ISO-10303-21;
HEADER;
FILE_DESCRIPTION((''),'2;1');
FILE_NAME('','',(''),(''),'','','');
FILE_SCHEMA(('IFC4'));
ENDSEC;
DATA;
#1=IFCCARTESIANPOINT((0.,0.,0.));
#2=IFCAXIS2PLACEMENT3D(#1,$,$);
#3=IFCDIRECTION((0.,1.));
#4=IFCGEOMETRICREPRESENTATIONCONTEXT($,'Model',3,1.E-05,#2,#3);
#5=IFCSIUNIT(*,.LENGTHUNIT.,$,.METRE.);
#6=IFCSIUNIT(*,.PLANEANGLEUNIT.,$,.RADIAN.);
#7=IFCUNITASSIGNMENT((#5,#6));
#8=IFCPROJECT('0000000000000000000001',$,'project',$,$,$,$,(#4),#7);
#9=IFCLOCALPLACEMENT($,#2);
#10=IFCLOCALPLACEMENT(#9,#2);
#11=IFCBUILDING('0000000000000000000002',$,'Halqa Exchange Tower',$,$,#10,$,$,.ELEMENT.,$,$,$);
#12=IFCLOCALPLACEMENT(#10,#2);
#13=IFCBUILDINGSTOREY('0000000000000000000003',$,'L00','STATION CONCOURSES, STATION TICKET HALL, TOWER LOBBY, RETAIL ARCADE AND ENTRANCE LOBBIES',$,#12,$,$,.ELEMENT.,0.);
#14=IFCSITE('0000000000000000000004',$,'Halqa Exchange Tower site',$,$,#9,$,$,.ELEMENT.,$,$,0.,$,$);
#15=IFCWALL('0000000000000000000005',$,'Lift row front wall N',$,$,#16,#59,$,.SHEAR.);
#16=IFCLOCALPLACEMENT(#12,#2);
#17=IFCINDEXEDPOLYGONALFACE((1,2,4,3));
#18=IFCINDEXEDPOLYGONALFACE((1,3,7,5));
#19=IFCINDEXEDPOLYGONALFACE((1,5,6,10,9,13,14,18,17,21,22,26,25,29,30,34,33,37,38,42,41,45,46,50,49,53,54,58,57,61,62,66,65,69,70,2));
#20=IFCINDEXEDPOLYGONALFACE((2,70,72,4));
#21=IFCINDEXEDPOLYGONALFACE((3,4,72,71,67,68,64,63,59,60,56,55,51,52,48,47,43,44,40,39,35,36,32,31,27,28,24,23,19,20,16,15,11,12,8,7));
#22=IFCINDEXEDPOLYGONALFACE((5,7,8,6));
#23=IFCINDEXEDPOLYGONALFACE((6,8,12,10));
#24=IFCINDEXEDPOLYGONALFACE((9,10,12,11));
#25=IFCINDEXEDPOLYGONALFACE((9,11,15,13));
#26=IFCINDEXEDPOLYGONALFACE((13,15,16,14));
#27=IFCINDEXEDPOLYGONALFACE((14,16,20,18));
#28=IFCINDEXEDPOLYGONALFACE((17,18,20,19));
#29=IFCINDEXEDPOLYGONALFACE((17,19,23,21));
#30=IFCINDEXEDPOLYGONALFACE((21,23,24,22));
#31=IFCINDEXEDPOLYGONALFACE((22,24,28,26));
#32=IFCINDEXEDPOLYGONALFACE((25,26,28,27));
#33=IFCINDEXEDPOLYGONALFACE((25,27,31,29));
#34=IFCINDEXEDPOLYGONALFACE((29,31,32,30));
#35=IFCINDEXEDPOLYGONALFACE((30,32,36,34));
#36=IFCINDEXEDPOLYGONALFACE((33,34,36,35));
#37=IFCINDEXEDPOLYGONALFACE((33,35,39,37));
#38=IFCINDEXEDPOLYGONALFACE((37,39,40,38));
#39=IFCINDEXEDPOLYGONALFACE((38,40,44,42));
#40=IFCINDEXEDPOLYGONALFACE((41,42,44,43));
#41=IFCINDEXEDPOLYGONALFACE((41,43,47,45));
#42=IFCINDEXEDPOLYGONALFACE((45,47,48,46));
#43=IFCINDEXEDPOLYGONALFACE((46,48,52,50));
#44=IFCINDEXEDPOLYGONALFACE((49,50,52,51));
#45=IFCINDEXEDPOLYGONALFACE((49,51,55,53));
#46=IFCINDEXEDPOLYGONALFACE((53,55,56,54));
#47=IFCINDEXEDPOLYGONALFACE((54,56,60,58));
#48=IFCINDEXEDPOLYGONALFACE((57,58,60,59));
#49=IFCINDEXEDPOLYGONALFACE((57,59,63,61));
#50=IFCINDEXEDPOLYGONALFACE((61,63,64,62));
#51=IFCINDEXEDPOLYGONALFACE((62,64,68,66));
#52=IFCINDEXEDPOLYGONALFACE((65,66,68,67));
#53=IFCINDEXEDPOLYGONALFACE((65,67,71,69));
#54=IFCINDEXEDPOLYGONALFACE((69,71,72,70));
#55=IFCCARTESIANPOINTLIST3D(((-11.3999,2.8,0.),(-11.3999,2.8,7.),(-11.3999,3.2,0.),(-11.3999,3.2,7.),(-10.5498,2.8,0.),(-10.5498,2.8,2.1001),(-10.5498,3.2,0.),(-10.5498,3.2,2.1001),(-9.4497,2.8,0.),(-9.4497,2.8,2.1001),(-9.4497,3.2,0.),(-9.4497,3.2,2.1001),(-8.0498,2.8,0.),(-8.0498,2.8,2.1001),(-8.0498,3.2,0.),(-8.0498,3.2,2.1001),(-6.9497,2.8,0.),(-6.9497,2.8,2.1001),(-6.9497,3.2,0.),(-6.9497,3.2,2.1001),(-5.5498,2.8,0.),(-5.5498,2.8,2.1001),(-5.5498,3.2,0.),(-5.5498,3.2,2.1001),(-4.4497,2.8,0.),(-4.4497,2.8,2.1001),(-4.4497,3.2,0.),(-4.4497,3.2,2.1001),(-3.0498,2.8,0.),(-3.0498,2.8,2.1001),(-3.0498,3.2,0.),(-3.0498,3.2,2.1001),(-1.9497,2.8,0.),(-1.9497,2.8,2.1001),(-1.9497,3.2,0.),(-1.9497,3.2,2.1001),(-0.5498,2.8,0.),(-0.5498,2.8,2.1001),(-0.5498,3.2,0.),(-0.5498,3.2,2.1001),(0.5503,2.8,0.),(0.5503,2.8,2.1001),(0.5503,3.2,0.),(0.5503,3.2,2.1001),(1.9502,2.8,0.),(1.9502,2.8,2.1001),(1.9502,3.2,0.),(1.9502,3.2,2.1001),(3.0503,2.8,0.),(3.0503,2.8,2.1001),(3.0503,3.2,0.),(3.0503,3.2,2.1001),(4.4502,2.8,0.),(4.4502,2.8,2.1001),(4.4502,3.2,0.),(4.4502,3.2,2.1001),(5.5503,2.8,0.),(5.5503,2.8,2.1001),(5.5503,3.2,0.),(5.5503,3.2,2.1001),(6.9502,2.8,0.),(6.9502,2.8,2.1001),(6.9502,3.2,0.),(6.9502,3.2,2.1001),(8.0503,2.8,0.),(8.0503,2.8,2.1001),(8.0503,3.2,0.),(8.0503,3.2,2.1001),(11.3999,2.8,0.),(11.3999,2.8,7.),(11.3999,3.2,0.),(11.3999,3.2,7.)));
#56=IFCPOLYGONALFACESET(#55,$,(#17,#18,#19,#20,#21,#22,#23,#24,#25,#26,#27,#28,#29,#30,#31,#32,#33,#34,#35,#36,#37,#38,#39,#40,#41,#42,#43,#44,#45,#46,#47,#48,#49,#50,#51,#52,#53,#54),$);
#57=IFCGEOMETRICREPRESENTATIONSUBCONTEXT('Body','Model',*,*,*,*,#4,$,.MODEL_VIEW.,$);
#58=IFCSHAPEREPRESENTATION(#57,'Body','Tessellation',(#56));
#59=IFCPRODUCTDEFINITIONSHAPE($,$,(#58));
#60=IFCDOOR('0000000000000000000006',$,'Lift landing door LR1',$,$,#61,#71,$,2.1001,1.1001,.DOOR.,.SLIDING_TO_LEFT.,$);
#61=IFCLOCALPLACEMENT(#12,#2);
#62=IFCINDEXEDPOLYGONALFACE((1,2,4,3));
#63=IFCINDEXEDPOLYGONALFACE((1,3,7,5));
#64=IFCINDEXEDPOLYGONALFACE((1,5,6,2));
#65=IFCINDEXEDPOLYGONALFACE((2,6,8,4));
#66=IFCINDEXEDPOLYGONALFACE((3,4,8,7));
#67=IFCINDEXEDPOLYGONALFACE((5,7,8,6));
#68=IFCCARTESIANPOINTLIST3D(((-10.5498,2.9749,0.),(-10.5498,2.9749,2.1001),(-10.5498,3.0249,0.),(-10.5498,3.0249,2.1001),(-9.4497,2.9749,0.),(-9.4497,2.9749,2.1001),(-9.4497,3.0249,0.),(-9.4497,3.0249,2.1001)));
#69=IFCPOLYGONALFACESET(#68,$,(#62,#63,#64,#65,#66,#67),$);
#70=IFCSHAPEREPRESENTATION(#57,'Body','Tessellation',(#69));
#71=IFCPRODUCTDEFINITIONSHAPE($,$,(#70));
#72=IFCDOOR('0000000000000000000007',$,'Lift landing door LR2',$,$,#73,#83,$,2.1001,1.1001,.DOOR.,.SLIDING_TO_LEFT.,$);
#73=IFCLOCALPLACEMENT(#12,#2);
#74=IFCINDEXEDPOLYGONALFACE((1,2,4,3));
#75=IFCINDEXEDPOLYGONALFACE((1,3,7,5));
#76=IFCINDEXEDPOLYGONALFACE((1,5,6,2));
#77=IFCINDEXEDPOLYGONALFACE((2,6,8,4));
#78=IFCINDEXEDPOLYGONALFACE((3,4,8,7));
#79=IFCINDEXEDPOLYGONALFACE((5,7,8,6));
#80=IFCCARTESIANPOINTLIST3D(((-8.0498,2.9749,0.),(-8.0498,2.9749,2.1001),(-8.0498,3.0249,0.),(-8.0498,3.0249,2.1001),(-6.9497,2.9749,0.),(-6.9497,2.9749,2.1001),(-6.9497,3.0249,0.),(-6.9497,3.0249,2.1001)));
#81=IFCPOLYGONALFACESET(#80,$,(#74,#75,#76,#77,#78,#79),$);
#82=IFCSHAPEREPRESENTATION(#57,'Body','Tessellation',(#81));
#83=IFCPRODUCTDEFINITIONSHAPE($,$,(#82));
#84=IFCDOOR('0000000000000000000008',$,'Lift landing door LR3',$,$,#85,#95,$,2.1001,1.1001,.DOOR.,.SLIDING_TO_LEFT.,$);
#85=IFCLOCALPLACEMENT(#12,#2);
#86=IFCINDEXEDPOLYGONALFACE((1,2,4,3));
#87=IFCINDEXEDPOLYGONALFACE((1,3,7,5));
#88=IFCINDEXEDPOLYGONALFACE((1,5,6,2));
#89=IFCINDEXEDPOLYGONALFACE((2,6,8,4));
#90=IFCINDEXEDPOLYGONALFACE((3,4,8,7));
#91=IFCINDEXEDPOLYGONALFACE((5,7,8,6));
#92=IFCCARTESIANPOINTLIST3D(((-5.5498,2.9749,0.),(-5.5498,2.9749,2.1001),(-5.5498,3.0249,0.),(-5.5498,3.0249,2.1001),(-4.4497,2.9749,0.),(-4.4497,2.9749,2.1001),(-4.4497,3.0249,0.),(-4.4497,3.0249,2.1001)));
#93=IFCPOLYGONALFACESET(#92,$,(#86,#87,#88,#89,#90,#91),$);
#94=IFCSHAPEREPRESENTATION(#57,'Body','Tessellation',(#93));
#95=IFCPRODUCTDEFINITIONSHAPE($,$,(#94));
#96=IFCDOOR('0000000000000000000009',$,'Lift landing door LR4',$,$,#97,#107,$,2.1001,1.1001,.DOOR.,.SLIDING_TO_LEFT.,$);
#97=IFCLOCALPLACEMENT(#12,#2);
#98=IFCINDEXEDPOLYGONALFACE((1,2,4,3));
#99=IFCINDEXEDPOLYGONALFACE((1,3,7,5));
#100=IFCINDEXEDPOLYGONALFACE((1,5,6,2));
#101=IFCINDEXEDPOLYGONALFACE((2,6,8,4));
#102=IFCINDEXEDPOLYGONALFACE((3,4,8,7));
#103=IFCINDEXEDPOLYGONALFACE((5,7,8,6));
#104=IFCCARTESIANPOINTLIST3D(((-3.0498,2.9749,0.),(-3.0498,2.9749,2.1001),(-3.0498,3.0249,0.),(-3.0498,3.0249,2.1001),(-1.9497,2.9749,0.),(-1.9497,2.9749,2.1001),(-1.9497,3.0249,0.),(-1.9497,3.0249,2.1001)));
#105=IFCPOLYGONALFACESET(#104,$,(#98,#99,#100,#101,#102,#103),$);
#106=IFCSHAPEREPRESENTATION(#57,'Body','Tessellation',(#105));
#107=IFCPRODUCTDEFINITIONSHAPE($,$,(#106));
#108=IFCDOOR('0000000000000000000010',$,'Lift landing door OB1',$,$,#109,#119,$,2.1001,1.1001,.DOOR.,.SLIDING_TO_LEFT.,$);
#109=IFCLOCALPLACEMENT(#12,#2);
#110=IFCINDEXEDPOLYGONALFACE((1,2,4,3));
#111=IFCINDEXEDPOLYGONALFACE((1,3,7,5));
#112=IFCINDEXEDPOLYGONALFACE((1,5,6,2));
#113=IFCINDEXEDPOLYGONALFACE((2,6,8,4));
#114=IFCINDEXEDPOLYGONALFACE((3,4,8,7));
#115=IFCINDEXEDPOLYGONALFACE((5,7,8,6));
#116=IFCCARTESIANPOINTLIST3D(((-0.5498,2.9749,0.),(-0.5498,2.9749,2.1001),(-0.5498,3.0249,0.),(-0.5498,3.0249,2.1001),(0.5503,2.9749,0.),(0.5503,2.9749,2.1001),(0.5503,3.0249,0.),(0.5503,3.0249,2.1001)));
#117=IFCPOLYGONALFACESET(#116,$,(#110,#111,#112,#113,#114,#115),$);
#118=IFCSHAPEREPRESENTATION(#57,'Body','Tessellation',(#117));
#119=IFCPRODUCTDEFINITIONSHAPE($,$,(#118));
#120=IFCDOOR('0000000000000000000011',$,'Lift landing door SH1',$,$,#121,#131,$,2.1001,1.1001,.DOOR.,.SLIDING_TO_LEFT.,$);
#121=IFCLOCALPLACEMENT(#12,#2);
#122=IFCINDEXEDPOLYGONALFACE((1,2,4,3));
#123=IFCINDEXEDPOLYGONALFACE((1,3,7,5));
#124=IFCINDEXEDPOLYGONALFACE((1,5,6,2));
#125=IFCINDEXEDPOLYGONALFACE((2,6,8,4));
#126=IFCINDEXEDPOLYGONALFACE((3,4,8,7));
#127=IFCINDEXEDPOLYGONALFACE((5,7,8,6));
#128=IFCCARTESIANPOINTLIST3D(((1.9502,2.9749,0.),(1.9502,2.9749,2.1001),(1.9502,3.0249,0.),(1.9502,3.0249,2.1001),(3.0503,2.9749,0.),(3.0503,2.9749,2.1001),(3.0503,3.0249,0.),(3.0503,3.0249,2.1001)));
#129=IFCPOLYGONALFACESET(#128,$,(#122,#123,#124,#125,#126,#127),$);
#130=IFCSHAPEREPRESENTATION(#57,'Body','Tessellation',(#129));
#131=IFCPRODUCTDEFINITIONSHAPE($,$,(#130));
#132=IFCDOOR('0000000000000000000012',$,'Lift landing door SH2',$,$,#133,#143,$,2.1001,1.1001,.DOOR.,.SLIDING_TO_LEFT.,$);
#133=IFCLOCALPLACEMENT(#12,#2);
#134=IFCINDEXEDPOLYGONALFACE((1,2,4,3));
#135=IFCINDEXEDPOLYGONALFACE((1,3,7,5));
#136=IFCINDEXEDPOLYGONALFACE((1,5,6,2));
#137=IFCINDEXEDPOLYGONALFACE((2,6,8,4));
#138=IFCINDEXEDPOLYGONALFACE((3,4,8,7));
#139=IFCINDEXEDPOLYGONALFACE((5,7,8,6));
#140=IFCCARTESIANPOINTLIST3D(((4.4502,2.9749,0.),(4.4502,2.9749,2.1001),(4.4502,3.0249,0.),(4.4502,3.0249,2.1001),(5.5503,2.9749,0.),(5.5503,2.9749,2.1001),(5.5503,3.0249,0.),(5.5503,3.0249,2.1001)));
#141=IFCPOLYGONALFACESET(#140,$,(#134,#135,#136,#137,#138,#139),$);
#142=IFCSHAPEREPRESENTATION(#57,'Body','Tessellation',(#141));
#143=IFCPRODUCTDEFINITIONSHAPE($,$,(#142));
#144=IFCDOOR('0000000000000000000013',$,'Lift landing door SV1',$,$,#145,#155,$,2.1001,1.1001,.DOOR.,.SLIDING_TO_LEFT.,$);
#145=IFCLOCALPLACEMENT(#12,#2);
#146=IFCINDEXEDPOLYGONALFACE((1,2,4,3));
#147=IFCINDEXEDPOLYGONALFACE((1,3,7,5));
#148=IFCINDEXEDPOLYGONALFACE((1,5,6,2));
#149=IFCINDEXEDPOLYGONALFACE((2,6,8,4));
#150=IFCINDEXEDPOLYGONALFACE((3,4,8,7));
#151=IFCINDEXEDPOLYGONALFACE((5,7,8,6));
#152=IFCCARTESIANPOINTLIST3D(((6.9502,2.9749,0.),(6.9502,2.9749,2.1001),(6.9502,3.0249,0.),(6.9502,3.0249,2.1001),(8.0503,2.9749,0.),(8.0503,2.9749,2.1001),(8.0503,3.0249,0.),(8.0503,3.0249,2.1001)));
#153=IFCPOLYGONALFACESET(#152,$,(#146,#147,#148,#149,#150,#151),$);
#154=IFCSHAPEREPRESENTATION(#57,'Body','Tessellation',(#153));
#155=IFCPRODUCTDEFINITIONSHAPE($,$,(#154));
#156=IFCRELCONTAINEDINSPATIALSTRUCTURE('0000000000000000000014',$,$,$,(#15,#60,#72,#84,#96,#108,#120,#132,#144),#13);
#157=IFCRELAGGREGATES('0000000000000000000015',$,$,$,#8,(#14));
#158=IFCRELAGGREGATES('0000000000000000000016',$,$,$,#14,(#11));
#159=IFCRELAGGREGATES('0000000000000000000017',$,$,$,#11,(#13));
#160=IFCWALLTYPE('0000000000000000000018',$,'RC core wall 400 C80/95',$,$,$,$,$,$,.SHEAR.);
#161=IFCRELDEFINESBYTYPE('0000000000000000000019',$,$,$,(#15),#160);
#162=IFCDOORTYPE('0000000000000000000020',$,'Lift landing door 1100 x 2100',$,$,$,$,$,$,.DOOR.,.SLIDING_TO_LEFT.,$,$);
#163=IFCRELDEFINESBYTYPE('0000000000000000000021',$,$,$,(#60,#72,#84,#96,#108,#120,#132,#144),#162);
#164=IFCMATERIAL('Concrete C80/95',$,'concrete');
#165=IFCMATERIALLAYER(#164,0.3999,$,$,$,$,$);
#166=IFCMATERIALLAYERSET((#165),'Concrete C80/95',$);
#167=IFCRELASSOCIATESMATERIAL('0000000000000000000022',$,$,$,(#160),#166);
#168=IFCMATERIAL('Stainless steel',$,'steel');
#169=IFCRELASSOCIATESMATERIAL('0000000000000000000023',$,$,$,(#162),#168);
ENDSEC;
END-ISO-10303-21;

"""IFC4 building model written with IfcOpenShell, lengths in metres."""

from ifc_helpers import new_model, si_unit, direction, frame, frame_2d, origin, place, context, subcontext, project, spatial, rectangle, extrude, material, layer, layer_set, type_object, element, fill, save


model = new_model("IFC4")

# Units and contexts
model_context = context("Model", 3, precision=1e-05, world=origin(), true_north=direction((0.0, 1.0)))
body_context = subcontext(model_context, "Body", "Model", "MODEL_VIEW")
ifc_project = project(units=[si_unit("LENGTHUNIT", "METRE"), si_unit("PLANEANGLEUNIT", "RADIAN")], contexts=[model_context])

# Site, building, storey
site_placement = place(None, origin())
site = spatial("IfcSite", under=ifc_project, at=site_placement, Name="Halqa Exchange Tower site", CompositionType="ELEMENT", RefElevation=0.0)
building_placement = place(site_placement, origin())
building = spatial("IfcBuilding", under=site, at=building_placement, Name="Halqa Exchange Tower", CompositionType="ELEMENT")
storey_placement = place(building_placement, origin())
storey = spatial("IfcBuildingStorey", under=building, at=storey_placement, Name="L00", Description="STATION CONCOURSES, STATION TICKET HALL, TOWER LOBBY, RETAIL ARCADE AND ENTRANCE LOBBIES", CompositionType="ELEMENT", Elevation=0.0)

# Wall, openings, doors
ifc_material_1 = material(Name="Concrete C80/95", Category="concrete")
ifc_layer_1 = layer(ifc_material_1, 0.3999)
ifc_layer_set_1 = layer_set([ifc_layer_1], Name="Concrete C80/95")
wall_type_1 = type_object("IfcWallType", Name="RC core wall 400 C80/95", PredefinedType="SHEAR", material=ifc_layer_set_1)
wall_1_placement = place(storey_placement, frame((-11.3999, 3.0, 0.0), z_axis=(0.0, 0.0, 1.0), x_axis=(1.0, 0.0, 0.0)))
wall_1 = element("IfcWall", 1, at=wall_1_placement, inside=storey, type_object=wall_type_1, Name="Lift row front wall N", PredefinedType="SHEAR", context=body_context, shape_type="SweptSolid", body=[
    extrude(rectangle(XDim=22.7998, YDim=0.3999, at=frame_2d((11.3999, 0.0))), origin(), (0.0, 0.0, 1.0), 7.0),
])
opening_1_placement = place(wall_1_placement, frame((0.8501, 0.0, 0.0)))
opening_1 = element("IfcOpeningElement", 2, at=opening_1_placement, cuts=wall_1, PredefinedType="OPENING", context=body_context, shape_type="SweptSolid", body=[
    extrude(rectangle(XDim=1.1001, YDim=2.1001, at=frame_2d((0.55, 1.05))), frame((0.0, 0.2119, 0.0), z_axis=(0.0, -1.0, 0.0), x_axis=(1.0, 0.0, 0.0)), (0.0, 0.0, 1.0), 0.4238),
])
opening_2_placement = place(wall_1_placement, frame((3.3501, 0.0, 0.0)))
opening_2 = element("IfcOpeningElement", 3, at=opening_2_placement, cuts=wall_1, PredefinedType="OPENING", context=body_context, shape_type="SweptSolid", body=[
    extrude(rectangle(XDim=1.1001, YDim=2.1001, at=frame_2d((0.55, 1.05))), frame((0.0, 0.2119, 0.0), z_axis=(0.0, -1.0, 0.0), x_axis=(1.0, 0.0, 0.0)), (0.0, 0.0, 1.0), 0.4238),
])
opening_3_placement = place(wall_1_placement, frame((5.8501, 0.0, 0.0)))
opening_3 = element("IfcOpeningElement", 4, at=opening_3_placement, cuts=wall_1, PredefinedType="OPENING", context=body_context, shape_type="SweptSolid", body=[
    extrude(rectangle(XDim=1.1001, YDim=2.1001, at=frame_2d((0.55, 1.05))), frame((0.0, 0.2119, 0.0), z_axis=(0.0, -1.0, 0.0), x_axis=(1.0, 0.0, 0.0)), (0.0, 0.0, 1.0), 0.4238),
])
opening_4_placement = place(wall_1_placement, frame((8.3501, 0.0, 0.0)))
opening_4 = element("IfcOpeningElement", 5, at=opening_4_placement, cuts=wall_1, PredefinedType="OPENING", context=body_context, shape_type="SweptSolid", body=[
    extrude(rectangle(XDim=1.1001, YDim=2.1001, at=frame_2d((0.55, 1.05))), frame((0.0, 0.2119, 0.0), z_axis=(0.0, -1.0, 0.0), x_axis=(1.0, 0.0, 0.0)), (0.0, 0.0, 1.0), 0.4238),
])
opening_5_placement = place(wall_1_placement, frame((10.8501, 0.0, 0.0)))
opening_5 = element("IfcOpeningElement", 6, at=opening_5_placement, cuts=wall_1, PredefinedType="OPENING", context=body_context, shape_type="SweptSolid", body=[
    extrude(rectangle(XDim=1.1001, YDim=2.1001, at=frame_2d((0.55, 1.05))), frame((0.0, 0.2119, 0.0), z_axis=(0.0, -1.0, 0.0), x_axis=(1.0, 0.0, 0.0)), (0.0, 0.0, 1.0), 0.4238),
])
opening_6_placement = place(wall_1_placement, frame((13.3501, 0.0, 0.0)))
opening_6 = element("IfcOpeningElement", 7, at=opening_6_placement, cuts=wall_1, PredefinedType="OPENING", context=body_context, shape_type="SweptSolid", body=[
    extrude(rectangle(XDim=1.1001, YDim=2.1001, at=frame_2d((0.55, 1.05))), frame((0.0, 0.2119, 0.0), z_axis=(0.0, -1.0, 0.0), x_axis=(1.0, 0.0, 0.0)), (0.0, 0.0, 1.0), 0.4238),
])
opening_7_placement = place(wall_1_placement, frame((15.8501, 0.0, 0.0)))
opening_7 = element("IfcOpeningElement", 8, at=opening_7_placement, cuts=wall_1, PredefinedType="OPENING", context=body_context, shape_type="SweptSolid", body=[
    extrude(rectangle(XDim=1.1001, YDim=2.1001, at=frame_2d((0.55, 1.05))), frame((0.0, 0.2119, 0.0), z_axis=(0.0, -1.0, 0.0), x_axis=(1.0, 0.0, 0.0)), (0.0, 0.0, 1.0), 0.4238),
])
opening_8_placement = place(wall_1_placement, frame((18.3501, 0.0, 0.0)))
opening_8 = element("IfcOpeningElement", 9, at=opening_8_placement, cuts=wall_1, PredefinedType="OPENING", context=body_context, shape_type="SweptSolid", body=[
    extrude(rectangle(XDim=1.1001, YDim=2.1001, at=frame_2d((0.55, 1.05))), frame((0.0, 0.2119, 0.0), z_axis=(0.0, -1.0, 0.0), x_axis=(1.0, 0.0, 0.0)), (0.0, 0.0, 1.0), 0.4238),
])
ifc_material_2 = material(Name="Stainless steel", Category="steel")
door_type = type_object("IfcDoorType", Name="Lift landing door 1100 x 2100", OperationType="SLIDING_TO_LEFT", PredefinedType="DOOR", material=ifc_material_2)
door_1_placement = place(opening_1_placement, origin())
door_1 = element("IfcDoor", 10, at=door_1_placement, inside=storey, type_object=door_type, Name="Lift landing door LR1", OperationType="SLIDING_TO_LEFT", OverallHeight=2.1001, OverallWidth=1.1001, PredefinedType="DOOR", context=body_context, shape_type="SweptSolid", body=[
    extrude(rectangle(XDim=1.1001, YDim=2.1001, at=frame_2d((0.55, 1.05))), frame((0.0, 0.0249, 0.0), z_axis=(0.0, -1.0, 0.0), x_axis=(1.0, 0.0, 0.0)), (0.0, 0.0, 1.0), 0.05),
])
fill(opening_1, door_1)
door_2_placement = place(opening_2_placement, origin())
door_2 = element("IfcDoor", 11, at=door_2_placement, inside=storey, type_object=door_type, Name="Lift landing door LR2", OperationType="SLIDING_TO_LEFT", OverallHeight=2.1001, OverallWidth=1.1001, PredefinedType="DOOR", context=body_context, shape_type="SweptSolid", body=[
    extrude(rectangle(XDim=1.1001, YDim=2.1001, at=frame_2d((0.55, 1.05))), frame((0.0, 0.0249, 0.0), z_axis=(0.0, -1.0, 0.0), x_axis=(1.0, 0.0, 0.0)), (0.0, 0.0, 1.0), 0.05),
])
fill(opening_2, door_2)
door_3_placement = place(opening_3_placement, origin())
door_3 = element("IfcDoor", 12, at=door_3_placement, inside=storey, type_object=door_type, Name="Lift landing door LR3", OperationType="SLIDING_TO_LEFT", OverallHeight=2.1001, OverallWidth=1.1001, PredefinedType="DOOR", context=body_context, shape_type="SweptSolid", body=[
    extrude(rectangle(XDim=1.1001, YDim=2.1001, at=frame_2d((0.55, 1.05))), frame((0.0, 0.0249, 0.0), z_axis=(0.0, -1.0, 0.0), x_axis=(1.0, 0.0, 0.0)), (0.0, 0.0, 1.0), 0.05),
])
fill(opening_3, door_3)
door_4_placement = place(opening_4_placement, origin())
door_4 = element("IfcDoor", 13, at=door_4_placement, inside=storey, type_object=door_type, Name="Lift landing door LR4", OperationType="SLIDING_TO_LEFT", OverallHeight=2.1001, OverallWidth=1.1001, PredefinedType="DOOR", context=body_context, shape_type="SweptSolid", body=[
    extrude(rectangle(XDim=1.1001, YDim=2.1001, at=frame_2d((0.55, 1.05))), frame((0.0, 0.0249, 0.0), z_axis=(0.0, -1.0, 0.0), x_axis=(1.0, 0.0, 0.0)), (0.0, 0.0, 1.0), 0.05),
])
fill(opening_4, door_4)
door_5_placement = place(opening_5_placement, origin())
door_5 = element("IfcDoor", 14, at=door_5_placement, inside=storey, type_object=door_type, Name="Lift landing door OB1", OperationType="SLIDING_TO_LEFT", OverallHeight=2.1001, OverallWidth=1.1001, PredefinedType="DOOR", context=body_context, shape_type="SweptSolid", body=[
    extrude(rectangle(XDim=1.1001, YDim=2.1001, at=frame_2d((0.55, 1.05))), frame((0.0, 0.0249, 0.0), z_axis=(0.0, -1.0, 0.0), x_axis=(1.0, 0.0, 0.0)), (0.0, 0.0, 1.0), 0.05),
])
fill(opening_5, door_5)
door_6_placement = place(opening_6_placement, origin())
door_6 = element("IfcDoor", 15, at=door_6_placement, inside=storey, type_object=door_type, Name="Lift landing door SH1", OperationType="SLIDING_TO_LEFT", OverallHeight=2.1001, OverallWidth=1.1001, PredefinedType="DOOR", context=body_context, shape_type="SweptSolid", body=[
    extrude(rectangle(XDim=1.1001, YDim=2.1001, at=frame_2d((0.55, 1.05))), frame((0.0, 0.0249, 0.0), z_axis=(0.0, -1.0, 0.0), x_axis=(1.0, 0.0, 0.0)), (0.0, 0.0, 1.0), 0.05),
])
fill(opening_6, door_6)
door_7_placement = place(opening_7_placement, origin())
door_7 = element("IfcDoor", 16, at=door_7_placement, inside=storey, type_object=door_type, Name="Lift landing door SH2", OperationType="SLIDING_TO_LEFT", OverallHeight=2.1001, OverallWidth=1.1001, PredefinedType="DOOR", context=body_context, shape_type="SweptSolid", body=[
    extrude(rectangle(XDim=1.1001, YDim=2.1001, at=frame_2d((0.55, 1.05))), frame((0.0, 0.0249, 0.0), z_axis=(0.0, -1.0, 0.0), x_axis=(1.0, 0.0, 0.0)), (0.0, 0.0, 1.0), 0.05),
])
fill(opening_7, door_7)
door_8_placement = place(opening_8_placement, origin())
door_8 = element("IfcDoor", 17, at=door_8_placement, inside=storey, type_object=door_type, Name="Lift landing door SV1", OperationType="SLIDING_TO_LEFT", OverallHeight=2.1001, OverallWidth=1.1001, PredefinedType="DOOR", context=body_context, shape_type="SweptSolid", body=[
    extrude(rectangle(XDim=1.1001, YDim=2.1001, at=frame_2d((0.55, 1.05))), frame((0.0, 0.0249, 0.0), z_axis=(0.0, -1.0, 0.0), x_axis=(1.0, 0.0, 0.0)), (0.0, 0.0, 1.0), 0.05),
])
fill(opening_8, door_8)

save(model, "model.ifc")
